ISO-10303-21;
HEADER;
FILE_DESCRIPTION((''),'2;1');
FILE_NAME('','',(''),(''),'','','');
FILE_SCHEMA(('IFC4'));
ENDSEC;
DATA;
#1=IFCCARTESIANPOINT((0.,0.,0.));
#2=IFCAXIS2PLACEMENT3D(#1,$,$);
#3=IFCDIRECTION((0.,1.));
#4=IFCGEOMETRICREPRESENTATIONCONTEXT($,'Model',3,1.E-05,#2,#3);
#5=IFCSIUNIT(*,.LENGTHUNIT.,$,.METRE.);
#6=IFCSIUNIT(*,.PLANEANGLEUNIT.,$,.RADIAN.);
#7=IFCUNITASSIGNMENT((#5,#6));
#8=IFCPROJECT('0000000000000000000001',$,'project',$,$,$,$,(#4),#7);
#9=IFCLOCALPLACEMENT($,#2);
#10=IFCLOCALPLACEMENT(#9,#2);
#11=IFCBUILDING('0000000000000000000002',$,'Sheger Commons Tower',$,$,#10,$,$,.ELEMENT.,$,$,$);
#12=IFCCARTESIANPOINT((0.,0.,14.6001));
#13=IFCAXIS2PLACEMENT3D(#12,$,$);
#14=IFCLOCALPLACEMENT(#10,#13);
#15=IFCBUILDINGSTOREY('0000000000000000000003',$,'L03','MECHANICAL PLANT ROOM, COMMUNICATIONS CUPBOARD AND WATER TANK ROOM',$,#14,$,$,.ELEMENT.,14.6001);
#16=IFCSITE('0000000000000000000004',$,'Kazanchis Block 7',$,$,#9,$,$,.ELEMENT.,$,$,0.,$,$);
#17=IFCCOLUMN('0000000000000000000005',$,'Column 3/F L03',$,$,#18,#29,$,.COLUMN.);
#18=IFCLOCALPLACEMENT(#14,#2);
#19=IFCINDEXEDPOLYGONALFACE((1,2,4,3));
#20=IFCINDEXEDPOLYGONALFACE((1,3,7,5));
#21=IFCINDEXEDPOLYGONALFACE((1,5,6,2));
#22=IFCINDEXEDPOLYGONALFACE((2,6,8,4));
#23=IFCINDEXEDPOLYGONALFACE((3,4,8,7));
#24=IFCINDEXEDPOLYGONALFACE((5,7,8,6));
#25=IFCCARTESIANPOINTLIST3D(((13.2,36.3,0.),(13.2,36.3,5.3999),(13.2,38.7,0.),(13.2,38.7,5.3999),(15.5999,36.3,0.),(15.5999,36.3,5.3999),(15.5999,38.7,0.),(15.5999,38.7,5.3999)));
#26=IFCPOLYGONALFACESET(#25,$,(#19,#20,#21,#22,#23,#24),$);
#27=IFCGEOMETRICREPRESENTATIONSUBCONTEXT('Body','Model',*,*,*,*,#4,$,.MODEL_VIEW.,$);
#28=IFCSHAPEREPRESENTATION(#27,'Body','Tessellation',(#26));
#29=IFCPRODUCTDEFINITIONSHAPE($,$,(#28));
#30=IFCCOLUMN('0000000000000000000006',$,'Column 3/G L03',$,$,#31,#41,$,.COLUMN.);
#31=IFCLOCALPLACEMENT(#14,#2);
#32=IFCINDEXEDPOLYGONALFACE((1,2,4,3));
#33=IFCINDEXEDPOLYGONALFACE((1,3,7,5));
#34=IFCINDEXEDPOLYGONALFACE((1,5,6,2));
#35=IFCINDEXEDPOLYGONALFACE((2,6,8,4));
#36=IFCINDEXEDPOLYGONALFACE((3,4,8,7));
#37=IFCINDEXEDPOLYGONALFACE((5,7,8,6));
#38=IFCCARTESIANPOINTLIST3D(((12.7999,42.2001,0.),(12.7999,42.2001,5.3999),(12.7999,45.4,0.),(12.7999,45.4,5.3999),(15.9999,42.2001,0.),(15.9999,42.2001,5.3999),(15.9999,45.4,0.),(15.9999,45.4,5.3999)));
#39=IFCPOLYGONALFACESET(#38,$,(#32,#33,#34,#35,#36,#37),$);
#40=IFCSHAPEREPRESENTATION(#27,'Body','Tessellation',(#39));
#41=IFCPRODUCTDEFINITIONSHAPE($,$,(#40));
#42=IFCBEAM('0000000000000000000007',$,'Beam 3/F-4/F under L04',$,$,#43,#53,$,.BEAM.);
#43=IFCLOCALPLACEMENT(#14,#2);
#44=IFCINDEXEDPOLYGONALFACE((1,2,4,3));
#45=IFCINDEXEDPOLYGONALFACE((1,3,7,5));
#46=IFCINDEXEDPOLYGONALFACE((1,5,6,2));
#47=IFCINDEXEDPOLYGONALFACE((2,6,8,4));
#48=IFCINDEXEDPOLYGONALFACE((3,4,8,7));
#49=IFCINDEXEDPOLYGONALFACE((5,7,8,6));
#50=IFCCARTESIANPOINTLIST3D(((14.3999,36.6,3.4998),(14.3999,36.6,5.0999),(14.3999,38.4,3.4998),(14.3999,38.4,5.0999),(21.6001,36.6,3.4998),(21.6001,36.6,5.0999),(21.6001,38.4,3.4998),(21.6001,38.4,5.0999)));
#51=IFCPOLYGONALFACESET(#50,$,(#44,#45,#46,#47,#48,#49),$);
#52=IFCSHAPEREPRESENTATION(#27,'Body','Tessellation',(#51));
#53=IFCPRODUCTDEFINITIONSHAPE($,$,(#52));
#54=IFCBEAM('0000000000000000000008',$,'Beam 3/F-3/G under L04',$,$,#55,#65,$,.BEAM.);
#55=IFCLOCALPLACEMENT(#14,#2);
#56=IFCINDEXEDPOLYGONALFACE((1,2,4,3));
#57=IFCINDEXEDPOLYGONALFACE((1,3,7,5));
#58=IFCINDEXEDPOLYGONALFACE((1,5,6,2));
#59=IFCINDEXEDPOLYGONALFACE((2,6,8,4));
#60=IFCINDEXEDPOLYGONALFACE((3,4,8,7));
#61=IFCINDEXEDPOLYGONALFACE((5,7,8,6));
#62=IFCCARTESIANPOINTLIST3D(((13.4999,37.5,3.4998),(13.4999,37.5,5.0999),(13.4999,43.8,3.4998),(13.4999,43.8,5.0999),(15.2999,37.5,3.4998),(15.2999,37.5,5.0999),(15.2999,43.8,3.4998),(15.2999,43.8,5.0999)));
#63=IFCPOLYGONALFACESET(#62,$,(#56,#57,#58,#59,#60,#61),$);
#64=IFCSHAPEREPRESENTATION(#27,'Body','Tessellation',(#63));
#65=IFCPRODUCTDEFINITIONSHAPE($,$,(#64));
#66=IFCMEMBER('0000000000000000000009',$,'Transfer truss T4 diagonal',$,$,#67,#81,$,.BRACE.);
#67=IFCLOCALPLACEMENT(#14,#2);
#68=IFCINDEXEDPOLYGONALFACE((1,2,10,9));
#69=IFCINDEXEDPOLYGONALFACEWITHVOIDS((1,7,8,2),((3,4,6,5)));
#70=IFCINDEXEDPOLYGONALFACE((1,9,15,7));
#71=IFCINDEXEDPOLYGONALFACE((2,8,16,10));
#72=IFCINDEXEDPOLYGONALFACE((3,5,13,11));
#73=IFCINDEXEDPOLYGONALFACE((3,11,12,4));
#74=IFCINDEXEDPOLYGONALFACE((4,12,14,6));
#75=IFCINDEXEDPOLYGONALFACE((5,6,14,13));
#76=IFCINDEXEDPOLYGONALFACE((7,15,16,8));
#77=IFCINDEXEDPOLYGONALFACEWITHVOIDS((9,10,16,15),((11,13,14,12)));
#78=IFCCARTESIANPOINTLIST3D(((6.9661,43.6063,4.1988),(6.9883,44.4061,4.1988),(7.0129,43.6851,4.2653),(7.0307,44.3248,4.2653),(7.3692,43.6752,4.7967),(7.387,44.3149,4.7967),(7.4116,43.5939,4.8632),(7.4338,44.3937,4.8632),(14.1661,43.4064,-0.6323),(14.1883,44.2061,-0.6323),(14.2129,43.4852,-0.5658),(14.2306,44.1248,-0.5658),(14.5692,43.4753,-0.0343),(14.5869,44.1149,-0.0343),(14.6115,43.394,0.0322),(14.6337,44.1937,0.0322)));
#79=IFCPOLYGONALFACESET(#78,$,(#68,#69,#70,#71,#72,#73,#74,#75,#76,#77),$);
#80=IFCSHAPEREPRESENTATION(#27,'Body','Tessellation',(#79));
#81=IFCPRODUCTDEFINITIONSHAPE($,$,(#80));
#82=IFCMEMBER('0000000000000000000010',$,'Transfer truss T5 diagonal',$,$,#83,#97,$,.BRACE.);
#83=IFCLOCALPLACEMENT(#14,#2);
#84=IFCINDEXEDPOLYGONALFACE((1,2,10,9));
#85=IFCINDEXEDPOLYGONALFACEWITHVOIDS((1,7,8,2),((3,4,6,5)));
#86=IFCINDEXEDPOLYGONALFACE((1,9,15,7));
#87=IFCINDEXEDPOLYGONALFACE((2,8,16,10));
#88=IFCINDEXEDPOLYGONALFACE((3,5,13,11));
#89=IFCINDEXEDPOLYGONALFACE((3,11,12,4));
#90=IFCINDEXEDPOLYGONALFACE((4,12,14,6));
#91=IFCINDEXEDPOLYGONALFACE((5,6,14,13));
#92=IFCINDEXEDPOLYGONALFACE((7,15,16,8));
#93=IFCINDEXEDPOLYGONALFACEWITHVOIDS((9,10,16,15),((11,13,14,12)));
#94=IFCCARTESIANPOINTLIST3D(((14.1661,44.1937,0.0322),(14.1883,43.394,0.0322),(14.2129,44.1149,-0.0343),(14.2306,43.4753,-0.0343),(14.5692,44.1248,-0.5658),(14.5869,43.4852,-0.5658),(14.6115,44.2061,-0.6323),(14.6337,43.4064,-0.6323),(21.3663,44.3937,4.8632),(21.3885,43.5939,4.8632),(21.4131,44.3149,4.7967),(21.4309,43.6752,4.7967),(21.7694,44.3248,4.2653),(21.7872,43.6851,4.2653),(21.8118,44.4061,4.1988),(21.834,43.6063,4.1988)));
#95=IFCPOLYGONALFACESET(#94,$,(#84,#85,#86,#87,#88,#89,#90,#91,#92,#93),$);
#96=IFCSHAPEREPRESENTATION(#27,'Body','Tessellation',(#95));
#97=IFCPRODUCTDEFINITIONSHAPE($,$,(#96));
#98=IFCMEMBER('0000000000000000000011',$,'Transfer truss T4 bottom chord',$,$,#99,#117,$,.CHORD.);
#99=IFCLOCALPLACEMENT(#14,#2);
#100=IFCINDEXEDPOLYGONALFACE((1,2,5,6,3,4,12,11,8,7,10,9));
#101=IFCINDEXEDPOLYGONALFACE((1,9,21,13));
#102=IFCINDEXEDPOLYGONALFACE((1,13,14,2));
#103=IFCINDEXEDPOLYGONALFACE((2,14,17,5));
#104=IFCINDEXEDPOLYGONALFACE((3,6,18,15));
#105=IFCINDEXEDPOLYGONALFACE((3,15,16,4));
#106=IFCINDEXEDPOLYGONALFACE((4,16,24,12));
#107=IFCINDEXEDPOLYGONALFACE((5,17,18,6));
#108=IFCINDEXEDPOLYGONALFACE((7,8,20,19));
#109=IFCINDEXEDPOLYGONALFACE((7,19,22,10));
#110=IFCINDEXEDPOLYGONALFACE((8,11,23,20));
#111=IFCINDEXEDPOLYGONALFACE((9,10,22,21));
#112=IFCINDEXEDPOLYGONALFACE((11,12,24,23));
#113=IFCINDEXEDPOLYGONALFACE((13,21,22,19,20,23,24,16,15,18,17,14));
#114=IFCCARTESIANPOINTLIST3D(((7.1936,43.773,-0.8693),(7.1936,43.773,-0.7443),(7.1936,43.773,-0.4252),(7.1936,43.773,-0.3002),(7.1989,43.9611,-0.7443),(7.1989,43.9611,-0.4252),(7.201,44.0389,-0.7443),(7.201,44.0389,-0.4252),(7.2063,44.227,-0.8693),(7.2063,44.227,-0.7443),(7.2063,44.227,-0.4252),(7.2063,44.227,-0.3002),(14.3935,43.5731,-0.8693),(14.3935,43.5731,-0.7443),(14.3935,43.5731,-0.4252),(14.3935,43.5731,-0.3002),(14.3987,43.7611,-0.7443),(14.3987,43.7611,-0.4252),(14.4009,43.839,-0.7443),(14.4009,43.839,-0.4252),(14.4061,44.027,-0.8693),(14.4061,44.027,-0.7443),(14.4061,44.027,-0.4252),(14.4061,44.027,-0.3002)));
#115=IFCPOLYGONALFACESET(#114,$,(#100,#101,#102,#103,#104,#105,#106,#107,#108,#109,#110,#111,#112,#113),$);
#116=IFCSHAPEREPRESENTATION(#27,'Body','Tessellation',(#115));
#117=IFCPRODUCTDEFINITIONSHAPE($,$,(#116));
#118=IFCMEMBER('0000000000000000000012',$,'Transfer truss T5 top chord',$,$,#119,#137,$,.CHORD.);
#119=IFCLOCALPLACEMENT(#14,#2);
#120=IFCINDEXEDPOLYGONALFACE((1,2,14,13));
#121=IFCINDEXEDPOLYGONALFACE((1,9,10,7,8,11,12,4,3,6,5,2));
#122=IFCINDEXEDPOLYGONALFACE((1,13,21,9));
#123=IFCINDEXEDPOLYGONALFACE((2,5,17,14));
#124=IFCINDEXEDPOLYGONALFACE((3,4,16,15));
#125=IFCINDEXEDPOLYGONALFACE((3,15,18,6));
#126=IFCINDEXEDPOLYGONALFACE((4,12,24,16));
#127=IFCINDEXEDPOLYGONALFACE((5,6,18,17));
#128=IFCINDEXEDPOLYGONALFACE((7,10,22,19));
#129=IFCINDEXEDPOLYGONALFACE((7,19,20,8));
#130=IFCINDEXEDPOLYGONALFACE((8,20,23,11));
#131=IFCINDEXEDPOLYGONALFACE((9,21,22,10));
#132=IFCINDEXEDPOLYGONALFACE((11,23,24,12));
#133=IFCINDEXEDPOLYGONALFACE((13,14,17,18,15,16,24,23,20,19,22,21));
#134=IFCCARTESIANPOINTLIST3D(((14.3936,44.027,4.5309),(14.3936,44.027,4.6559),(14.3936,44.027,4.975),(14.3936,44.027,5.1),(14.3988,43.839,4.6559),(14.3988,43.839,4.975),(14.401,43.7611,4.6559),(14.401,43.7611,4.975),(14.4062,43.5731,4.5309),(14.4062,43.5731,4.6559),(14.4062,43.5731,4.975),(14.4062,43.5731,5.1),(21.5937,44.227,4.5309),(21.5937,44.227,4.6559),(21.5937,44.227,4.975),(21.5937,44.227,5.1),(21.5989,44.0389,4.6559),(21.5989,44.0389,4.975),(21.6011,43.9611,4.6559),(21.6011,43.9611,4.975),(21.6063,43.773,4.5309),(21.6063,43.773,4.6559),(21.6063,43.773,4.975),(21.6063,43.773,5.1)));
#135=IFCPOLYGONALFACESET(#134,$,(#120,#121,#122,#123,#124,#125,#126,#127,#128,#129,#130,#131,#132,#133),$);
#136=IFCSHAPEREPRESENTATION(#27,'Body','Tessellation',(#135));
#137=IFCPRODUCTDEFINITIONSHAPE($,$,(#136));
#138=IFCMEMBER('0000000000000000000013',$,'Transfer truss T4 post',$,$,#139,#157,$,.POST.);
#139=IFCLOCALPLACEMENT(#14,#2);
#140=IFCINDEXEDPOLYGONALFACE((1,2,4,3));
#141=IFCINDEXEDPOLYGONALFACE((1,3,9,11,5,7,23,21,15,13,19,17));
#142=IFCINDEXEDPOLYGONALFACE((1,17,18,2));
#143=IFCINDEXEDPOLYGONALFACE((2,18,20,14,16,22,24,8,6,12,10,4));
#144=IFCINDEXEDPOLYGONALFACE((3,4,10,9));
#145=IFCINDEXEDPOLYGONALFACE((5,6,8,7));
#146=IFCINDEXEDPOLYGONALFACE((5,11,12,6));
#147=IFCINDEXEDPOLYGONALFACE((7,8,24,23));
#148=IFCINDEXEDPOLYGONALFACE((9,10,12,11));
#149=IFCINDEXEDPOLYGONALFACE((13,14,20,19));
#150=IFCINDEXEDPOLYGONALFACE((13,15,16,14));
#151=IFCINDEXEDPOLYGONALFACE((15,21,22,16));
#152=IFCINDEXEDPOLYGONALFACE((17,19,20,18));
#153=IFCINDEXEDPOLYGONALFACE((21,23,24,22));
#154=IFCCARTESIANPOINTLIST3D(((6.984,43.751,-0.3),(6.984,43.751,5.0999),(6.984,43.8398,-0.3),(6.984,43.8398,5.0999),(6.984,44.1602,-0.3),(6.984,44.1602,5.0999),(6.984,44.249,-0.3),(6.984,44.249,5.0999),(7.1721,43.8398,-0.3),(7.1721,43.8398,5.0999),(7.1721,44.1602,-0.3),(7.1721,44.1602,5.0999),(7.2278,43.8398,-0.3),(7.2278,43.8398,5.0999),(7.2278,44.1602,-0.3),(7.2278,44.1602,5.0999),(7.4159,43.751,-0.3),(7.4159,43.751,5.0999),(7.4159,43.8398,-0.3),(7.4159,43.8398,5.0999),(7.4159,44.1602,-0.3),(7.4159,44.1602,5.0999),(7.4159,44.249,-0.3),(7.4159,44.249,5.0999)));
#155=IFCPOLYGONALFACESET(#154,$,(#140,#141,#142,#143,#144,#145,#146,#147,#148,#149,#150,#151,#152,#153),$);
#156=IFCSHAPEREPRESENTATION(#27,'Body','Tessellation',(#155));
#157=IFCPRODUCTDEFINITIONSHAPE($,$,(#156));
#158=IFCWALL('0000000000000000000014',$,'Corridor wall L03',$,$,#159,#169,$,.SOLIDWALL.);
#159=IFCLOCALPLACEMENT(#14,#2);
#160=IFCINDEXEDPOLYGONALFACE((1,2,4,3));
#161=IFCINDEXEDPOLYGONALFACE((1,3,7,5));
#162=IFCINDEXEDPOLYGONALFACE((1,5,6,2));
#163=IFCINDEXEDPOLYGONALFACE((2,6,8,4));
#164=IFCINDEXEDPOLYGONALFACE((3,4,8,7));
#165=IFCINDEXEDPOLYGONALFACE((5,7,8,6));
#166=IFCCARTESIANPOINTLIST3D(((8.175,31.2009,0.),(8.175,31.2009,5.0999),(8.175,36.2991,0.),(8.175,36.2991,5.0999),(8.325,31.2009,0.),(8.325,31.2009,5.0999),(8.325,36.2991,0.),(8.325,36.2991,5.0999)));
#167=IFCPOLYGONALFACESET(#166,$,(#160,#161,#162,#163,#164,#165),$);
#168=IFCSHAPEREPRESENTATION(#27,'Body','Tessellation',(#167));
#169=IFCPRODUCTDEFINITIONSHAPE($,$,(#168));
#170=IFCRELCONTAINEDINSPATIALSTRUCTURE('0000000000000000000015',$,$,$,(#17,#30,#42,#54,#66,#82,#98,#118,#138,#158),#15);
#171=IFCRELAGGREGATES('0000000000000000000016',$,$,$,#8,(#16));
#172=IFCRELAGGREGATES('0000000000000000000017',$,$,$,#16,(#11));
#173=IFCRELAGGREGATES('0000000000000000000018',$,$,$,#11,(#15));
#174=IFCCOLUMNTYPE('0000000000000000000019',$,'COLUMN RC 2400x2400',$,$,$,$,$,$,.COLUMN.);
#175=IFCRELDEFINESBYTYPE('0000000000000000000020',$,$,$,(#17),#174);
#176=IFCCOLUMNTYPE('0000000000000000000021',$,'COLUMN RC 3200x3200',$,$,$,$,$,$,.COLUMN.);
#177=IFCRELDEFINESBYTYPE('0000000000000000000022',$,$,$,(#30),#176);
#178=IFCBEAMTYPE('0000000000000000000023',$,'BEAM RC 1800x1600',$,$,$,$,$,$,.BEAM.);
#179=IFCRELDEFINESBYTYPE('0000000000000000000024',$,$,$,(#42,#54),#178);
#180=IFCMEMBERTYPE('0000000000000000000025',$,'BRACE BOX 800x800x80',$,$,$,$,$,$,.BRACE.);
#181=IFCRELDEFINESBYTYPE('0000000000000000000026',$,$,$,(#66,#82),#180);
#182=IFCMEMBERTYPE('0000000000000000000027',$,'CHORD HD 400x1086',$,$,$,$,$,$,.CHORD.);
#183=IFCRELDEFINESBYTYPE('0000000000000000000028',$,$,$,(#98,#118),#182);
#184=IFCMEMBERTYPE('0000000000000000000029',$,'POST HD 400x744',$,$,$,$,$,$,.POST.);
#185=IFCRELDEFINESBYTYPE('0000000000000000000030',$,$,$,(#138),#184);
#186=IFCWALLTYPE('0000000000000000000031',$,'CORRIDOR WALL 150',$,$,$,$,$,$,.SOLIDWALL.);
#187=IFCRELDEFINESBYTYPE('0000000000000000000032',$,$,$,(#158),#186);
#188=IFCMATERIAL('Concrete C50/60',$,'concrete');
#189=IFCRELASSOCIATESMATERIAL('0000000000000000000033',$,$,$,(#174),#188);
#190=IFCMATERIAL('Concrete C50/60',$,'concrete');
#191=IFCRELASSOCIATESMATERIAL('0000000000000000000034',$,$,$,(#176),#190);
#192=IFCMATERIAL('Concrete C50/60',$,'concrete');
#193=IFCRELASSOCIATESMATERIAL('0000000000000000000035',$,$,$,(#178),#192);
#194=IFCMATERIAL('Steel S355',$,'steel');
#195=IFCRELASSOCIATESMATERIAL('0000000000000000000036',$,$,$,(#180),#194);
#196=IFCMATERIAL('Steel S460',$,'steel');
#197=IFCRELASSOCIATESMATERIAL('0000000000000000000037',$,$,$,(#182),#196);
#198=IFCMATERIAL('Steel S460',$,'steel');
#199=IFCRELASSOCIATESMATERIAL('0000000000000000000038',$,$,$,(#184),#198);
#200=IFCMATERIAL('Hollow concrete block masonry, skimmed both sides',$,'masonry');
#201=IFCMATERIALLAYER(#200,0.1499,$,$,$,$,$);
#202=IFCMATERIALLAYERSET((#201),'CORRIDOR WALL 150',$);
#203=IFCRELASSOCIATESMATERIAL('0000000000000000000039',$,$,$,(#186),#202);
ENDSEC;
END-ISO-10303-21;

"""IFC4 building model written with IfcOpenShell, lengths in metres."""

from ifc_helpers import new_model, si_unit, direction, frame, frame_2d, origin, origin_2d, place, context, subcontext, project, spatial, rectangle, hollow_rectangle, i_section, extrude, material, layer, layer_set, material_profile, profile_set, type_object, element, save


model = new_model("IFC4")

# Units and contexts
model_context = context("Model", 3, precision=1e-05, world=origin(), true_north=direction((0.0, 1.0)))
body_context = subcontext(model_context, "Body", "Model", "MODEL_VIEW")
ifc_project = project(units=[si_unit("LENGTHUNIT", "METRE"), si_unit("PLANEANGLEUNIT", "RADIAN")], contexts=[model_context])

# Site, building, storey
site_placement = place(None, origin())
site = spatial("IfcSite", under=ifc_project, at=site_placement, Name="Kazanchis Block 7", CompositionType="ELEMENT", RefElevation=0.0)
building_placement = place(site_placement, origin())
building = spatial("IfcBuilding", under=site, at=building_placement, Name="Sheger Commons Tower", CompositionType="ELEMENT")
storey_placement = place(building_placement, frame((0.0, 0.0, 14.6001)))
storey = spatial("IfcBuildingStorey", under=building, at=storey_placement, Name="L03", Description="MECHANICAL PLANT ROOM, COMMUNICATIONS CUPBOARD AND WATER TANK ROOM", CompositionType="ELEMENT", Elevation=14.6001)

# Columns
ifc_material_1 = material(Name="Concrete C50/60", Category="concrete")
ifc_material_profile_1 = material_profile(ifc_material_1, rectangle(XDim=2.3999, YDim=2.3999, at=origin_2d()), Name="RC 2400x2400")
ifc_profile_set_1 = profile_set([ifc_material_profile_1], Name="Concrete C50/60")
column_type_1 = type_object("IfcColumnType", Name="COLUMN RC 2400x2400", PredefinedType="COLUMN", material=ifc_profile_set_1)
column_1_placement = place(storey_placement, frame((14.3999, 37.5, 0.0), z_axis=(0.0, 0.0, 1.0), x_axis=(1.0, 0.0, 0.0)))
element("IfcColumn", 1, at=column_1_placement, inside=storey, type_object=column_type_1, Name="Column 3/F L03", PredefinedType="COLUMN", context=body_context, shape_type="SweptSolid", body=[
    extrude(rectangle(XDim=2.3999, YDim=2.3999, at=origin_2d()), origin(), (0.0, 0.0, 1.0), 5.3999),
])
ifc_material_2 = material(Name="Concrete C50/60", Category="concrete")
ifc_material_profile_2 = material_profile(ifc_material_2, rectangle(XDim=3.2, YDim=3.2, at=origin_2d()), Name="RC 3200x3200")
ifc_profile_set_2 = profile_set([ifc_material_profile_2], Name="Concrete C50/60")
column_type_2 = type_object("IfcColumnType", Name="COLUMN RC 3200x3200", PredefinedType="COLUMN", material=ifc_profile_set_2)
column_2_placement = place(storey_placement, frame((14.3999, 43.8, 0.0), z_axis=(0.0, 0.0, 1.0), x_axis=(1.0, 0.0, 0.0)))
element("IfcColumn", 2, at=column_2_placement, inside=storey, type_object=column_type_2, Name="Column 3/G L03", PredefinedType="COLUMN", context=body_context, shape_type="SweptSolid", body=[
    extrude(rectangle(XDim=3.2, YDim=3.2, at=origin_2d()), origin(), (0.0, 0.0, 1.0), 5.3999),
])

# Beams
ifc_material_3 = material(Name="Concrete C50/60", Category="concrete")
ifc_material_profile_3 = material_profile(ifc_material_3, rectangle(XDim=1.8, YDim=1.6001, at=origin_2d()), Name="RC 1800x1600")
ifc_profile_set_3 = profile_set([ifc_material_profile_3], Name="Concrete C50/60")
beam_type = type_object("IfcBeamType", Name="BEAM RC 1800x1600", PredefinedType="BEAM", material=ifc_profile_set_3)
beam_1_placement = place(storey_placement, frame((14.3999, 37.5, 4.2998), z_axis=(1.0, 0.0, 0.0), x_axis=(0.0, 1.0, 0.0)))
element("IfcBeam", 3, at=beam_1_placement, inside=storey, type_object=beam_type, Name="Beam 3/F-4/F under L04", PredefinedType="BEAM", context=body_context, shape_type="SweptSolid", body=[
    extrude(rectangle(XDim=1.8, YDim=1.6001, at=origin_2d()), origin(), (0.0, 0.0, 1.0), 7.2002),
])
beam_2_placement = place(storey_placement, frame((14.3999, 37.5, 4.2998), z_axis=(0.0, 1.0, 0.0), x_axis=(-1.0, 0.0, 0.0)))
element("IfcBeam", 4, at=beam_2_placement, inside=storey, type_object=beam_type, Name="Beam 3/F-3/G under L04", PredefinedType="BEAM", context=body_context, shape_type="SweptSolid", body=[
    extrude(rectangle(XDim=1.8, YDim=1.6001, at=origin_2d()), origin(), (0.0, 0.0, 1.0), 6.3),
])

# Members
ifc_material_4 = material(Name="Steel S355", Category="steel")
ifc_material_profile_4 = material_profile(ifc_material_4, hollow_rectangle(XDim=0.8, YDim=0.8, WallThickness=0.0801, at=origin_2d()), Name="BOX 800x800x80")
ifc_profile_set_4 = profile_set([ifc_material_profile_4], Name="Steel S355")
member_type_1 = type_object("IfcMemberType", Name="BRACE BOX 800x800x80", PredefinedType="BRACE", material=ifc_profile_set_4)
member_1_placement = place(storey_placement, frame((14.3999, 43.8, -0.3), z_axis=(-0.830171, 0.023055, 0.557032), x_axis=(-0.02776, -0.999615, 0.0)))
element("IfcMember", 5, at=member_1_placement, inside=storey, type_object=member_type_1, Name="Transfer truss T4 diagonal", PredefinedType="BRACE", context=body_context, shape_type="SweptSolid", body=[
    extrude(hollow_rectangle(XDim=0.8, YDim=0.8, WallThickness=0.0801, at=origin_2d()), origin(), (0.0, 0.0, 1.0), 8.6729),
])
member_2_placement = place(storey_placement, frame((14.3999, 43.8, -0.3), z_axis=(0.83018, 0.023054, 0.557019), x_axis=(-0.02776, 0.999615, 0.0)))
element("IfcMember", 6, at=member_2_placement, inside=storey, type_object=member_type_1, Name="Transfer truss T5 diagonal", PredefinedType="BRACE", context=body_context, shape_type="SweptSolid", body=[
    extrude(hollow_rectangle(XDim=0.8, YDim=0.8, WallThickness=0.0801, at=origin_2d()), origin(), (0.0, 0.0, 1.0), 8.6731),
])
ifc_material_5 = material(Name="Steel S460", Category="steel")
ifc_material_profile_5 = material_profile(ifc_material_5, i_section(OverallWidth=0.4541, OverallDepth=0.5691, WebThickness=0.0779, FlangeThickness=0.125, at=origin_2d()), Name="HD 400x1086")
ifc_profile_set_5 = profile_set([ifc_material_profile_5], Name="Steel S460")
member_type_2 = type_object("IfcMemberType", Name="CHORD HD 400x1086", PredefinedType="CHORD", material=ifc_profile_set_5)
member_3_placement = place(storey_placement, frame((7.2, 44.0, -0.5847), z_axis=(0.999615, -0.02776, 0.0), x_axis=(0.02776, 0.999615, 0.0)))
element("IfcMember", 7, at=member_3_placement, inside=storey, type_object=member_type_2, Name="Transfer truss T4 bottom chord", PredefinedType="CHORD", context=body_context, shape_type="SweptSolid", body=[
    extrude(i_section(OverallWidth=0.4541, OverallDepth=0.5691, WebThickness=0.0779, FlangeThickness=0.125, at=origin_2d()), origin(), (0.0, 0.0, 1.0), 7.2026),
])
member_4_placement = place(storey_placement, frame((14.3999, 43.8, 4.8154), z_axis=(0.999615, 0.02776, 0.0), x_axis=(-0.02776, 0.999615, 0.0)))
element("IfcMember", 8, at=member_4_placement, inside=storey, type_object=member_type_2, Name="Transfer truss T5 top chord", PredefinedType="CHORD", context=body_context, shape_type="SweptSolid", body=[
    extrude(i_section(OverallWidth=0.4541, OverallDepth=0.5691, WebThickness=0.0779, FlangeThickness=0.125, at=origin_2d()), origin(), (0.0, 0.0, 1.0), 7.2029),
])
ifc_material_6 = material(Name="Steel S460", Category="steel")
ifc_material_profile_6 = material_profile(ifc_material_6, i_section(OverallWidth=0.4319, OverallDepth=0.498, WebThickness=0.0557, FlangeThickness=0.0889, at=origin_2d()), Name="HD 400x744")
ifc_profile_set_6 = profile_set([ifc_material_profile_6], Name="Steel S460")
member_type_3 = type_object("IfcMemberType", Name="POST HD 400x744", PredefinedType="POST", material=ifc_profile_set_6)
member_5_placement = place(storey_placement, frame((7.2, 44.0, -0.3), z_axis=(0.0, 0.0, 1.0), x_axis=(1.0, 0.0, 0.0)))
element("IfcMember", 9, at=member_5_placement, inside=storey, type_object=member_type_3, Name="Transfer truss T4 post", PredefinedType="POST", context=body_context, shape_type="SweptSolid", body=[
    extrude(i_section(OverallWidth=0.4319, OverallDepth=0.498, WebThickness=0.0557, FlangeThickness=0.0889, at=origin_2d()), origin(), (0.0, 0.0, 1.0), 5.3999),
])

# Wall
ifc_material_7 = material(Name="Hollow concrete block masonry, skimmed both sides", Category="masonry")
ifc_layer_1 = layer(ifc_material_7, 0.1499)
ifc_layer_set_1 = layer_set([ifc_layer_1], Name="CORRIDOR WALL 150")
wall_type_1 = type_object("IfcWallType", Name="CORRIDOR WALL 150", PredefinedType="SOLIDWALL", material=ifc_layer_set_1)
wall_1_placement = place(storey_placement, frame((8.25, 31.2009, 0.0), z_axis=(0.0, 0.0, 1.0), x_axis=(0.0, 1.0, 0.0)))
element("IfcWall", 10, at=wall_1_placement, inside=storey, type_object=wall_type_1, Name="Corridor wall L03", PredefinedType="SOLIDWALL", context=body_context, shape_type="SweptSolid", body=[
    extrude(rectangle(XDim=5.0981, YDim=0.1499, at=frame_2d((2.5491, 0.0))), origin(), (0.0, 0.0, 1.0), 5.0999),
])

save(model, "model.ifc")
